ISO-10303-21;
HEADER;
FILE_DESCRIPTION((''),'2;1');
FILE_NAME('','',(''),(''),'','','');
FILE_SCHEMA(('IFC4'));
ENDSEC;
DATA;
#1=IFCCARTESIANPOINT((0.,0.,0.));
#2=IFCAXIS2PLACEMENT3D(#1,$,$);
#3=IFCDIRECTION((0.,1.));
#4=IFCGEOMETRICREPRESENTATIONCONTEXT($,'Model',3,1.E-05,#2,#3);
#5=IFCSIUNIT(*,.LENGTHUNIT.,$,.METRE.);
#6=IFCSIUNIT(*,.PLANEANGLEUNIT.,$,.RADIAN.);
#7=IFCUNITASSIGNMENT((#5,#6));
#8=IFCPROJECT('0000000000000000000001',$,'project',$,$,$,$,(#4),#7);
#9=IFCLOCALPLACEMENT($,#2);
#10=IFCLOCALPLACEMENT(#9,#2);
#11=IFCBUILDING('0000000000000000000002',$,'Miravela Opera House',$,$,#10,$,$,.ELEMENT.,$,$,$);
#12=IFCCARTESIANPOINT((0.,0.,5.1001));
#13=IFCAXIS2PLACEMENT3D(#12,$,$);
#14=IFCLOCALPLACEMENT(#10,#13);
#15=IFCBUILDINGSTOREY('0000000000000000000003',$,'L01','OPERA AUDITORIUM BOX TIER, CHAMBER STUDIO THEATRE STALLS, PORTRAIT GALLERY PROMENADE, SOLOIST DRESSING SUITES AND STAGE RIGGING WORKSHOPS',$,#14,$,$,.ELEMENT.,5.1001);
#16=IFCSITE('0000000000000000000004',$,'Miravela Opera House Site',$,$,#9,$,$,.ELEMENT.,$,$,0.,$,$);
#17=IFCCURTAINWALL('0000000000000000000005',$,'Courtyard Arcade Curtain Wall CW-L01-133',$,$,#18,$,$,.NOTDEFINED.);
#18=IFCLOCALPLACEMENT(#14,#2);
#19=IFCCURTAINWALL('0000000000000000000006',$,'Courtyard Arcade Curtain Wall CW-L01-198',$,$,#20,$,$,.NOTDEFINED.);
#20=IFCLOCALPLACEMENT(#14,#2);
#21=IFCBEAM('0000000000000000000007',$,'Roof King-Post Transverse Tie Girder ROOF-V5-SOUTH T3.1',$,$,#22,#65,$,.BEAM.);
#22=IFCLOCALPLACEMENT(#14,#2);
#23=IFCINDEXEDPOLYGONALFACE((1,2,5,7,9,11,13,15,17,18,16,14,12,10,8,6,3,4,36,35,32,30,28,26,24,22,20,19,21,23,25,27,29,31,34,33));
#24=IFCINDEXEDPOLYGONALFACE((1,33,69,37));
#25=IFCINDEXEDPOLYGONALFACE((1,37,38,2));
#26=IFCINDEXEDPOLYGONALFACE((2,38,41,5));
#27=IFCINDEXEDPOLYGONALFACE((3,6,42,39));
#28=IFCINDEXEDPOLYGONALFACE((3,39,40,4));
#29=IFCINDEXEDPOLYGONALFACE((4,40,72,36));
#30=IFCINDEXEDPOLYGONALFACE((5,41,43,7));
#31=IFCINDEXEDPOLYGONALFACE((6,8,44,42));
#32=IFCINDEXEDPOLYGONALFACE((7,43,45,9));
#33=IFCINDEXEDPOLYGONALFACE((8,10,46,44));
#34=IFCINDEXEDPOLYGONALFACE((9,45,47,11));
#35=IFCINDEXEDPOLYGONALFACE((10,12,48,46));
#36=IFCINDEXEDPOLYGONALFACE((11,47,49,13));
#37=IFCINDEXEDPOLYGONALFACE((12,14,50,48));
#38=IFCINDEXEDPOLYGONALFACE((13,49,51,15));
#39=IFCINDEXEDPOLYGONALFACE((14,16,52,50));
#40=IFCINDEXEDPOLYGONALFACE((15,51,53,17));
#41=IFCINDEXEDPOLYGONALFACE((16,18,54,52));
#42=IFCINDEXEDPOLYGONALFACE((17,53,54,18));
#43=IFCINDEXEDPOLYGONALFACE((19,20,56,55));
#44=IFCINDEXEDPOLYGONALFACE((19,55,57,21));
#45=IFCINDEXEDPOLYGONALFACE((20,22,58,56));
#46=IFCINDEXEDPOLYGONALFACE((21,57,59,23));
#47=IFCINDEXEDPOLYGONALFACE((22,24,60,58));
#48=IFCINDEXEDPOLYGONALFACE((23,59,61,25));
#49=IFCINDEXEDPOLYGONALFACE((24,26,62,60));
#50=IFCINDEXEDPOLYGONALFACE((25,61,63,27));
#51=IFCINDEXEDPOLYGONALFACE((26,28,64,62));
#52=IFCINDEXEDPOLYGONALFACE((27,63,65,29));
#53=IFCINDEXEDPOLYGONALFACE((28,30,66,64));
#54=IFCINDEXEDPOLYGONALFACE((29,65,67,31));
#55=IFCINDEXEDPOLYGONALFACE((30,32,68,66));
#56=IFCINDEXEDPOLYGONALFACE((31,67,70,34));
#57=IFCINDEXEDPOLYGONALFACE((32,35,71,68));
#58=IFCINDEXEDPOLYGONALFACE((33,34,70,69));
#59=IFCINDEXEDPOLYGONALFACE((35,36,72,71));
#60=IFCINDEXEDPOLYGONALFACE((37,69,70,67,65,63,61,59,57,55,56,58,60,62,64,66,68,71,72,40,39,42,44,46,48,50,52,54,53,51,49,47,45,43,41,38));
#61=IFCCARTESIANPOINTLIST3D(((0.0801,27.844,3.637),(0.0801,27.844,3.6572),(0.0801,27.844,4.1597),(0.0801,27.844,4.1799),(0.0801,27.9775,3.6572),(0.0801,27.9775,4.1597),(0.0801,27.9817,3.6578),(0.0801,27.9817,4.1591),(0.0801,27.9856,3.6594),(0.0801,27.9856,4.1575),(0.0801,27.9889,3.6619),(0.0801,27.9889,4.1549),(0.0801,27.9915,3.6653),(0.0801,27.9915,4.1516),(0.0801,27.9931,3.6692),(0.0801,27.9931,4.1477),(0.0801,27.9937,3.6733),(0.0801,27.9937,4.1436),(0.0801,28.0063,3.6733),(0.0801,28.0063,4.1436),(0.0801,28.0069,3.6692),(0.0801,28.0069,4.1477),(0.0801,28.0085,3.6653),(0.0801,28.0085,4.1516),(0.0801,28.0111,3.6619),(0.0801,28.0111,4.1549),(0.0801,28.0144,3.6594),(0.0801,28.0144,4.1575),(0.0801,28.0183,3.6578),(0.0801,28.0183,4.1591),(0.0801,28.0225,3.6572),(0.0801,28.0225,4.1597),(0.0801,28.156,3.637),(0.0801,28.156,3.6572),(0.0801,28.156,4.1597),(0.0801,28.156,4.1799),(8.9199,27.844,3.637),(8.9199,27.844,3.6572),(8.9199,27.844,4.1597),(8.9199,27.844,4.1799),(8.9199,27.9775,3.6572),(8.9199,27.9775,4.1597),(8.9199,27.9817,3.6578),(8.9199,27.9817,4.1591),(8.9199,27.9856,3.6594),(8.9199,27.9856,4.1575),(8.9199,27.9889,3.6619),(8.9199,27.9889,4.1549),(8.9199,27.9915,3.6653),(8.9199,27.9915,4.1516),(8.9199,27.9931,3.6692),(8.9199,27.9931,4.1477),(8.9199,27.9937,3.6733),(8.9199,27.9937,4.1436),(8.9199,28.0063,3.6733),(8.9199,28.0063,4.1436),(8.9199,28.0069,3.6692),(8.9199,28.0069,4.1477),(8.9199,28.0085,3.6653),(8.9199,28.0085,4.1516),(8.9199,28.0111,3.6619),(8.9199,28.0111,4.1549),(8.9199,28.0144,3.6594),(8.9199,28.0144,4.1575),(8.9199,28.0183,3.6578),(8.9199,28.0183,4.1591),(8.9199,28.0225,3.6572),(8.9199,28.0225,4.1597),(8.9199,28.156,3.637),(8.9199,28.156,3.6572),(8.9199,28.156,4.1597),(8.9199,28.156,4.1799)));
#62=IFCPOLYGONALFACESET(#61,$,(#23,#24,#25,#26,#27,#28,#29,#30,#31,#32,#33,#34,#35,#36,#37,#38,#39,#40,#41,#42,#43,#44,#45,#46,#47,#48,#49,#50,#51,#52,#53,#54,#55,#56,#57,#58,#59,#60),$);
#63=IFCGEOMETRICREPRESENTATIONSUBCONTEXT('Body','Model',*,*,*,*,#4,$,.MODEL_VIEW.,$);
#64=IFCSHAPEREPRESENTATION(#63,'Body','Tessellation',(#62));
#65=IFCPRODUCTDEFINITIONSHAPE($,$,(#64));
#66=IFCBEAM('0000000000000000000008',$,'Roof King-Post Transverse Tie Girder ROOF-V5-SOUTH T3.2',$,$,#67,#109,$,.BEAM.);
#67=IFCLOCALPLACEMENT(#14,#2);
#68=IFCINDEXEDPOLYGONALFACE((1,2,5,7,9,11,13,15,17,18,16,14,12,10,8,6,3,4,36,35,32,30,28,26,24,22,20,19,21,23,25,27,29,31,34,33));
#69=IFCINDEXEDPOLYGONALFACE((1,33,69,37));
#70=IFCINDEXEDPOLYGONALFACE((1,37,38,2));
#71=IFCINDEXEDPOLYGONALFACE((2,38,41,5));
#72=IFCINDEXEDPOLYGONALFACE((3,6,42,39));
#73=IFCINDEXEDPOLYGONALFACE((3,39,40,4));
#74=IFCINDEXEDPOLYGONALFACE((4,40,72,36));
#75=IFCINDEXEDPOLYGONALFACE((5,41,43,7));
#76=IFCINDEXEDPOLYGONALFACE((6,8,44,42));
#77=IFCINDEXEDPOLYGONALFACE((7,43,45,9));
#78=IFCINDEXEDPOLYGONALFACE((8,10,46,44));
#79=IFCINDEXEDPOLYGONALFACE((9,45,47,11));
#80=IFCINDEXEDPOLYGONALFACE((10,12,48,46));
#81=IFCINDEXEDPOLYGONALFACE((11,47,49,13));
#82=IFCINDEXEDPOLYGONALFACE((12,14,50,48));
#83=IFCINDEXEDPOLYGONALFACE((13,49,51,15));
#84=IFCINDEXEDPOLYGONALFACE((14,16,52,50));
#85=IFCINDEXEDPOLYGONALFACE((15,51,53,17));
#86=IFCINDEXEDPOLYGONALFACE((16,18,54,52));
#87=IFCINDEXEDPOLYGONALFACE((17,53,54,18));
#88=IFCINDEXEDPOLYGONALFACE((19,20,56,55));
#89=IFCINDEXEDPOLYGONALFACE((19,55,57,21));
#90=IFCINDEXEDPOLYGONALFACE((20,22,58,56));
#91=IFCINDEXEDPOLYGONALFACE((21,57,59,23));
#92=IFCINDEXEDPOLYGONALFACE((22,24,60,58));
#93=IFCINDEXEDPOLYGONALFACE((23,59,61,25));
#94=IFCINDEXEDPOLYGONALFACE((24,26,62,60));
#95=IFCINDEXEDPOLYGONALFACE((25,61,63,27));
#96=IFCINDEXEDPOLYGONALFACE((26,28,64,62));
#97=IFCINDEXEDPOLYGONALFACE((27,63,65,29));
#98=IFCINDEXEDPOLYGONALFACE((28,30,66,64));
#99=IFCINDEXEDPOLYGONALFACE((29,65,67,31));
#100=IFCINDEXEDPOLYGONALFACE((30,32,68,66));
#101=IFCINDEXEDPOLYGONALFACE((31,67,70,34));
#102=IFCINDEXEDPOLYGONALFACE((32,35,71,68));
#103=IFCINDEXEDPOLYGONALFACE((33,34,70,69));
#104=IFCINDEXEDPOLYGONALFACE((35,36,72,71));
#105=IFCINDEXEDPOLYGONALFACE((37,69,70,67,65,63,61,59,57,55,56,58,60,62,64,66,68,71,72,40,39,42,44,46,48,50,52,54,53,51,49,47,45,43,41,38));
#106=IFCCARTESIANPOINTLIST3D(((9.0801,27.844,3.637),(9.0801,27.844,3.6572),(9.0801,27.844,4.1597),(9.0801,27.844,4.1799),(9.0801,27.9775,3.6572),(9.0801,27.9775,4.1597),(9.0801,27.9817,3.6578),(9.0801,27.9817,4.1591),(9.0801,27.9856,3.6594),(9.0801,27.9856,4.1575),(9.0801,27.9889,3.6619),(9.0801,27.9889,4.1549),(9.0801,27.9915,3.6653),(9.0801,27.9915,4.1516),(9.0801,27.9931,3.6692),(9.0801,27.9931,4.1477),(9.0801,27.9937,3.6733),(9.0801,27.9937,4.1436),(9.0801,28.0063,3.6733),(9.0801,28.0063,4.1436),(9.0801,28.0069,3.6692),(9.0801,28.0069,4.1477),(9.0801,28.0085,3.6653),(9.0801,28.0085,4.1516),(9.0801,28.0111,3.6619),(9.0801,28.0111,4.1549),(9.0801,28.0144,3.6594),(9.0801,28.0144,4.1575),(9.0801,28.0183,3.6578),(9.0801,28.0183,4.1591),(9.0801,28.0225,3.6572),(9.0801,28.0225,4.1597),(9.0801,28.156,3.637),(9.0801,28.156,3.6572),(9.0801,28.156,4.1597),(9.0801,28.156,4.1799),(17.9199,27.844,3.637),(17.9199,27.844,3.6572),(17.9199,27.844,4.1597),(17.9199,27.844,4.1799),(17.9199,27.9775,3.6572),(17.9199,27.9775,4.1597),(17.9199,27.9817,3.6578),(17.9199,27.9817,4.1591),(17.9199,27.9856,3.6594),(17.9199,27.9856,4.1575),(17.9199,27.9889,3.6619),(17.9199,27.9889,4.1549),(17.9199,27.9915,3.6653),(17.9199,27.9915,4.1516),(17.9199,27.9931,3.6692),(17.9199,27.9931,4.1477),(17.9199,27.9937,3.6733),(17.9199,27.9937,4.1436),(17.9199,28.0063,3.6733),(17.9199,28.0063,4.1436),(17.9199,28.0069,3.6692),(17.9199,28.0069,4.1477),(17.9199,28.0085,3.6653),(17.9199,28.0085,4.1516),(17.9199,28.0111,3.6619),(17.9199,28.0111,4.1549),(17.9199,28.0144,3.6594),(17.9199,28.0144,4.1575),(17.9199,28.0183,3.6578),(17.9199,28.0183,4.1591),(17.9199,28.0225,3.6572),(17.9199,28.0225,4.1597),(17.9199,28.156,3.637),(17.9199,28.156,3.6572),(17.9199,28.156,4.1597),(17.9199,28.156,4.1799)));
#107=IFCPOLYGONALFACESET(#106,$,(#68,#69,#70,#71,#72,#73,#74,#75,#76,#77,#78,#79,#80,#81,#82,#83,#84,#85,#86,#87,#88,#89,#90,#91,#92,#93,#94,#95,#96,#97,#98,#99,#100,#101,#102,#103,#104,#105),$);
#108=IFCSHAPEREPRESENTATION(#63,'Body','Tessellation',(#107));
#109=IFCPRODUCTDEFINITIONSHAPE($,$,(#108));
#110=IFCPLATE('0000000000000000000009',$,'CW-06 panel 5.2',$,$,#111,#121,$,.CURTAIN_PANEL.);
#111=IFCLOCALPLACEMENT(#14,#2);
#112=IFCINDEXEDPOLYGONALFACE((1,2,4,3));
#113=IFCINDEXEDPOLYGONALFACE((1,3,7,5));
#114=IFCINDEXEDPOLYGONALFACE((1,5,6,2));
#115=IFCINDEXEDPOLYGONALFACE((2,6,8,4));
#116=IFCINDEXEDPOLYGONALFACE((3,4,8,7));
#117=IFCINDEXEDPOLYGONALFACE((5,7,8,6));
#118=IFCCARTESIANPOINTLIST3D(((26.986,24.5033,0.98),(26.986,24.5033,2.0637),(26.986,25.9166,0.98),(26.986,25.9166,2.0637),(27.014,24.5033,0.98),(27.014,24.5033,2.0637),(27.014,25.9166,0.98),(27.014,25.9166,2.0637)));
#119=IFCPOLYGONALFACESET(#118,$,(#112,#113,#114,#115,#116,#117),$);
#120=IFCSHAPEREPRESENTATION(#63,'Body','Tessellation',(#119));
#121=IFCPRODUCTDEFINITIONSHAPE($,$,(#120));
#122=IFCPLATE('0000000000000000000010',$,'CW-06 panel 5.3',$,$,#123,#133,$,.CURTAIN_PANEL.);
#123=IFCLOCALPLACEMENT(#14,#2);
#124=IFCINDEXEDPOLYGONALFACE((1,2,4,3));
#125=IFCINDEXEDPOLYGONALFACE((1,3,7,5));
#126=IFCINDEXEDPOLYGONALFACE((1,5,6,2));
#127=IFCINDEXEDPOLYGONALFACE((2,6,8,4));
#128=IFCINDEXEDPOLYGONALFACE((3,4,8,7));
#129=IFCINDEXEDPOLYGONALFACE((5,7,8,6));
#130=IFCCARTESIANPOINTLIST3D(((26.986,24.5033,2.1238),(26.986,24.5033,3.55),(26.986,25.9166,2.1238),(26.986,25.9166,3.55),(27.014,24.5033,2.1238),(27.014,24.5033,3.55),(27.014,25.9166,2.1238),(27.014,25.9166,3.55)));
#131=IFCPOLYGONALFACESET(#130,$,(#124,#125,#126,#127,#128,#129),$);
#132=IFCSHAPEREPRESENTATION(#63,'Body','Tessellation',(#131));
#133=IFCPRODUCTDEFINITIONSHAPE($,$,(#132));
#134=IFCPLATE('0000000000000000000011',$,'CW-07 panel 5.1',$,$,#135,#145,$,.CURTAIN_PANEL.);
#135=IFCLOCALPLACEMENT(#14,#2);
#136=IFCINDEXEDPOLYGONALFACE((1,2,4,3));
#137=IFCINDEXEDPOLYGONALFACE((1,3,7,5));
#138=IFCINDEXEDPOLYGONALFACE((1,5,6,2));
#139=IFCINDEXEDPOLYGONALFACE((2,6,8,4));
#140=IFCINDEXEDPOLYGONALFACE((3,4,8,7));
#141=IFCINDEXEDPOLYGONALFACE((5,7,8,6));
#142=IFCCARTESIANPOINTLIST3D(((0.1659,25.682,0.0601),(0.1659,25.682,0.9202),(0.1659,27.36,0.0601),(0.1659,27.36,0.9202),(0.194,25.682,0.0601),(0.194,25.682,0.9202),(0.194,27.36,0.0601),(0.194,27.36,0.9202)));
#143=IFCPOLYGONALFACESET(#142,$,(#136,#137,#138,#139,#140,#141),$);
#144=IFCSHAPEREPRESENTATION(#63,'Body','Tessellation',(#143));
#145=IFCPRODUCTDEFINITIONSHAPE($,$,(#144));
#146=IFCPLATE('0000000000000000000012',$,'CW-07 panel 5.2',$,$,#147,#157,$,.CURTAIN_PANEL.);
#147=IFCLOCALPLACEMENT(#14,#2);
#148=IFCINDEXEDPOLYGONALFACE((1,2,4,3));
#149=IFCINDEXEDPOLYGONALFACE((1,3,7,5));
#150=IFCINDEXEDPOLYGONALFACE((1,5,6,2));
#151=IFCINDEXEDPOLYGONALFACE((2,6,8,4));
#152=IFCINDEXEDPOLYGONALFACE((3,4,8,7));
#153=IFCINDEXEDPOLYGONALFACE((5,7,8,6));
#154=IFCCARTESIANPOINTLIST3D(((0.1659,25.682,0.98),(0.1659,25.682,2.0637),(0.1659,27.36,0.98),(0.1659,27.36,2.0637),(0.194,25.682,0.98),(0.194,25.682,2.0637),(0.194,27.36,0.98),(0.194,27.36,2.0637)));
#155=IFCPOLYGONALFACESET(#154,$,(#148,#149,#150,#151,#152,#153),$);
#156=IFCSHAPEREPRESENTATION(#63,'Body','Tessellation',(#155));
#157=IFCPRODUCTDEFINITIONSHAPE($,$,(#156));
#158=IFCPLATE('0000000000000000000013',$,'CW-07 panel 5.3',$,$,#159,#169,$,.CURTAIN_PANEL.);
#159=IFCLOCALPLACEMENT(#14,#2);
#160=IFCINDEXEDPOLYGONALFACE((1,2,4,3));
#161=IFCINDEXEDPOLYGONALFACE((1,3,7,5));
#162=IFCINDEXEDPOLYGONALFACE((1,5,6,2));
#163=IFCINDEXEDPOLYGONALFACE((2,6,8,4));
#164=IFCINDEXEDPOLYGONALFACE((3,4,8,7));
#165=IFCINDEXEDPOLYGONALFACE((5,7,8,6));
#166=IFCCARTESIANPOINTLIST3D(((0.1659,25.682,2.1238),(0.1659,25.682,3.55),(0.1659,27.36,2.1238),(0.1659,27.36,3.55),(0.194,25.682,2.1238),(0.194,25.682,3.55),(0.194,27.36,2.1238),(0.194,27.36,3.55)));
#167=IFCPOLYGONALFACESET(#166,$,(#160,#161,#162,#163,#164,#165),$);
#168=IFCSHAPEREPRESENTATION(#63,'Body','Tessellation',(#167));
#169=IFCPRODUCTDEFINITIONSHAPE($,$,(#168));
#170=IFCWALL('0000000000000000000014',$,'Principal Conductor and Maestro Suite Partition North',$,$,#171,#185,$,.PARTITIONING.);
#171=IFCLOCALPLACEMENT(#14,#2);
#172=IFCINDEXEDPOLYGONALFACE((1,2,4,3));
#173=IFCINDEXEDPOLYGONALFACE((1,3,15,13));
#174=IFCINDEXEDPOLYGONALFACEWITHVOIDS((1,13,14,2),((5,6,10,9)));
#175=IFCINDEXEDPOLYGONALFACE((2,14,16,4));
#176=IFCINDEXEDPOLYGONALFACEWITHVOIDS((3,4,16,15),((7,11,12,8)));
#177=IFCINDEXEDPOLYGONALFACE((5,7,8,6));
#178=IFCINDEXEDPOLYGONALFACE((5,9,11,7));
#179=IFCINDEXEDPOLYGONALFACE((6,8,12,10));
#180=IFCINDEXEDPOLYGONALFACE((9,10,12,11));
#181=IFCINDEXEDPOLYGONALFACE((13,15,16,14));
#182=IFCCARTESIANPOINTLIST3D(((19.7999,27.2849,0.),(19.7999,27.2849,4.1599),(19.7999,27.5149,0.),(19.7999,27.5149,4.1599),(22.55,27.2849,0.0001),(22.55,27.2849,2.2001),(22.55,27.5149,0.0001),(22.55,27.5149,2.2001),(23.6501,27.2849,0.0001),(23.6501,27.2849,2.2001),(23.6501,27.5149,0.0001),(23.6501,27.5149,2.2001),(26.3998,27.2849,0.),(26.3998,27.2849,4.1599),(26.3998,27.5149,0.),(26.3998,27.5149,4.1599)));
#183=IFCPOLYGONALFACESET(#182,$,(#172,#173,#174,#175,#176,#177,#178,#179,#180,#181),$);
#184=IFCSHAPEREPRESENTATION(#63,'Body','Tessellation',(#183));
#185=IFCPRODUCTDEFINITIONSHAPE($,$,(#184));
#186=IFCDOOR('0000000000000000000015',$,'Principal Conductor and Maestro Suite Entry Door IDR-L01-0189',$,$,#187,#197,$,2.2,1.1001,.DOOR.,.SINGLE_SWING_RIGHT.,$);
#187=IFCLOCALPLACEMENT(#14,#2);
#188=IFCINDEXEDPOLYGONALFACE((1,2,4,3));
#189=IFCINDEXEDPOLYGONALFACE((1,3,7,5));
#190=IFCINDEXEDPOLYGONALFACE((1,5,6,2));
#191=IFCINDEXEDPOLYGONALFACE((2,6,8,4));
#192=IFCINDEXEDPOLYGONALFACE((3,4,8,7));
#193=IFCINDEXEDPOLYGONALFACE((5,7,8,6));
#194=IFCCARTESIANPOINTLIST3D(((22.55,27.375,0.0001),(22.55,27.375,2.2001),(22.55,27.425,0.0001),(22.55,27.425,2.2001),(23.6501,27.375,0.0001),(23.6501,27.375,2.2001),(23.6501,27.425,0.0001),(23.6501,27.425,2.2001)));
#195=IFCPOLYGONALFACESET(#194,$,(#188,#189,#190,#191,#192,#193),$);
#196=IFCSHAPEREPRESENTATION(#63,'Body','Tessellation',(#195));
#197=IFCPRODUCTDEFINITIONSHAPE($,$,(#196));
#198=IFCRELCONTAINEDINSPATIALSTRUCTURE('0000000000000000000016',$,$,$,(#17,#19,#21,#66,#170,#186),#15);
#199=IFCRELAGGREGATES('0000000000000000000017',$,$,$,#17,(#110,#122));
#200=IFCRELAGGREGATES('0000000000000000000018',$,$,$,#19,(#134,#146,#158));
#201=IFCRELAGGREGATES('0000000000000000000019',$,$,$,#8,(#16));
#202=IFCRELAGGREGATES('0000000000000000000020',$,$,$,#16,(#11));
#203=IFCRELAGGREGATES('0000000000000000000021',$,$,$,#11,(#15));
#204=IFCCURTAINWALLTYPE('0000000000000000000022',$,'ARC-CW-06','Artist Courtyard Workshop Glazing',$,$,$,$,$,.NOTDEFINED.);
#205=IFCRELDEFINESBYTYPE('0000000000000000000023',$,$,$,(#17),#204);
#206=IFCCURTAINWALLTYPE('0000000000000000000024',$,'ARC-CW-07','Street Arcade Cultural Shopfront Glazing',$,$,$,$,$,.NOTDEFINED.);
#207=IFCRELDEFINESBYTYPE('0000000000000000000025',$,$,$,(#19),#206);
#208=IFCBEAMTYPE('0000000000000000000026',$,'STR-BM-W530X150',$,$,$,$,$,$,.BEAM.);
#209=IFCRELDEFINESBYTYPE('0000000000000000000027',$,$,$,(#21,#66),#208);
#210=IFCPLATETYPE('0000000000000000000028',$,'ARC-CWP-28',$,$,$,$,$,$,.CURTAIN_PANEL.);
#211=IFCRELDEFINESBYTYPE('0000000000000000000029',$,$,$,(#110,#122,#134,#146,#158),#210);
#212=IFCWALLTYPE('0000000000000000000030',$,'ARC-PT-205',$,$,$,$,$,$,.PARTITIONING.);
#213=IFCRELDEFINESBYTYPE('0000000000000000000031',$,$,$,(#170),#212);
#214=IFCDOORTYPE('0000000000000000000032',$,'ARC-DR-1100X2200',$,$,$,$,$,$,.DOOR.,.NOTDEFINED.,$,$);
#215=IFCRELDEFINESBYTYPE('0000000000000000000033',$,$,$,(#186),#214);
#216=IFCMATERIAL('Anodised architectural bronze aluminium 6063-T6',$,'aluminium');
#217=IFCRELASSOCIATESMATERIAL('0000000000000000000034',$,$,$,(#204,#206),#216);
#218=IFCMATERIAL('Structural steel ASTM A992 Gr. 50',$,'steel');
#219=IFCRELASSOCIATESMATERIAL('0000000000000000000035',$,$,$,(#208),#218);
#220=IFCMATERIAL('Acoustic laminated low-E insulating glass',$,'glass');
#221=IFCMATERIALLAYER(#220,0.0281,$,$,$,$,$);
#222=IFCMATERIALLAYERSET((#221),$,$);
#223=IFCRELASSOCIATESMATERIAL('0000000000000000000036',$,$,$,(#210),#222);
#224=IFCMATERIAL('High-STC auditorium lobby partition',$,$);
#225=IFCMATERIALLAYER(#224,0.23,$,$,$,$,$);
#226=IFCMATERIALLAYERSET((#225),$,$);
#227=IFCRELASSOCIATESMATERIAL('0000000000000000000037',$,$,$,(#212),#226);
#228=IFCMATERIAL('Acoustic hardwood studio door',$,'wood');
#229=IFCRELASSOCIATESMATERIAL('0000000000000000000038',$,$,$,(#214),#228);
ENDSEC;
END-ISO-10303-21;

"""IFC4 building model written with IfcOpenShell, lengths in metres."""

from ifc_helpers import new_model, si_unit, direction, frame, frame_2d, origin, origin_2d, place, context, subcontext, project, spatial, rectangle, i_section, extrude, material, layer, layer_set, material_profile, profile_set, type_object, element, fill, aggregate, save


model = new_model("IFC4")

# Units and contexts
model_context = context("Model", 3, precision=1e-05, world=origin(), true_north=direction((0.0, 1.0)))
body_context = subcontext(model_context, "Body", "Model", "MODEL_VIEW")
ifc_project = project(units=[si_unit("LENGTHUNIT", "METRE"), si_unit("PLANEANGLEUNIT", "RADIAN")], contexts=[model_context])

# Site, building, storey
site_placement = place(None, origin())
site = spatial("IfcSite", under=ifc_project, at=site_placement, Name="Miravela Opera House Site", CompositionType="ELEMENT", RefElevation=0.0)
building_placement = place(site_placement, origin())
building = spatial("IfcBuilding", under=site, at=building_placement, Name="Miravela Opera House", CompositionType="ELEMENT")
storey_placement = place(building_placement, frame((0.0, 0.0, 5.1001)))
storey = spatial("IfcBuildingStorey", under=building, at=storey_placement, Name="L01", Description="OPERA AUDITORIUM BOX TIER, CHAMBER STUDIO THEATRE STALLS, PORTRAIT GALLERY PROMENADE, SOLOIST DRESSING SUITES AND STAGE RIGGING WORKSHOPS", CompositionType="ELEMENT", Elevation=5.1001)

# Curtain wall
ifc_material_1 = material(Name="Anodised architectural bronze aluminium 6063-T6", Category="aluminium")
curtain_wall_type_1 = type_object("IfcCurtainWallType", Name="ARC-CW-06", Description="Artist Courtyard Workshop Glazing", PredefinedType="NOTDEFINED", material=ifc_material_1)
curtain_wall_1_placement = place(storey_placement, origin())
curtain_wall_1 = element("IfcCurtainWall", 1, at=curtain_wall_1_placement, inside=storey, type_object=curtain_wall_type_1, Name="Courtyard Arcade Curtain Wall CW-L01-133", PredefinedType="NOTDEFINED")

# Curtain wall
curtain_wall_type_2 = type_object("IfcCurtainWallType", Name="ARC-CW-07", Description="Street Arcade Cultural Shopfront Glazing", PredefinedType="NOTDEFINED", material=ifc_material_1)
curtain_wall_2_placement = place(storey_placement, origin())
curtain_wall_2 = element("IfcCurtainWall", 2, at=curtain_wall_2_placement, inside=storey, type_object=curtain_wall_type_2, Name="Courtyard Arcade Curtain Wall CW-L01-198", PredefinedType="NOTDEFINED")

# Beams
ifc_material_2 = material(Name="Structural steel ASTM A992 Gr. 50", Category="steel")
ifc_material_profile_1 = material_profile(ifc_material_2, i_section(OverallWidth=0.312, OverallDepth=0.543, WebThickness=0.0127, FlangeThickness=0.0203, FilletRadius=0.0161, at=origin_2d()), Name="W530X150")
ifc_profile_set_1 = profile_set([ifc_material_profile_1])
beam_type_1 = type_object("IfcBeamType", Name="STR-BM-W530X150", PredefinedType="BEAM", material=ifc_profile_set_1)
for number, where, z_axis, x_axis, name in (
    (3, (0.0801, 28.0, 3.9084), (1.0, 0.0, 0.0), (0.0, 1.0, 0.0), "Roof King-Post Transverse Tie Girder ROOF-V5-SOUTH T3.1"),
    (4, (9.0801, 28.0, 3.9084), (1.0, 0.0, 0.0), (0.0, 1.0, 0.0), "Roof King-Post Transverse Tie Girder ROOF-V5-SOUTH T3.2"),
):
    element("IfcBeam", number, at=place(storey_placement, frame(where, z_axis=z_axis, x_axis=x_axis)), inside=storey, type_object=beam_type_1, Name=name, PredefinedType="BEAM", context=body_context, shape_type="SweptSolid", body=[
        extrude(i_section(OverallWidth=0.312, OverallDepth=0.543, WebThickness=0.0127, FlangeThickness=0.0203, FilletRadius=0.0161, at=origin_2d()), origin(), (0.0, 0.0, 1.0), 8.8398),
    ])

# Plates
ifc_material_3 = material(Name="Acoustic laminated low-E insulating glass", Category="glass")
ifc_layer_1 = layer(ifc_material_3, 0.0281)
ifc_layer_set_1 = layer_set([ifc_layer_1])
plate_type = type_object("IfcPlateType", Name="ARC-CWP-28", PredefinedType="CURTAIN_PANEL", material=ifc_layer_set_1)
plate_1_placement = place(storey_placement, frame((27.0, 25.21, 0.98), z_axis=(0.0, 0.0, 1.0), x_axis=(0.0, 1.0, 0.0)))
plate_1 = element("IfcPlate", 5, at=plate_1_placement, type_object=plate_type, Name="CW-06 panel 5.2", PredefinedType="CURTAIN_PANEL", context=body_context, shape_type="SweptSolid", body=[
    extrude(rectangle(XDim=1.4133, YDim=0.0281, at=origin_2d()), origin(), (0.0, 0.0, 1.0), 1.0837),
])
plate_2_placement = place(storey_placement, frame((27.0, 25.21, 2.1238), z_axis=(0.0, 0.0, 1.0), x_axis=(0.0, 1.0, 0.0)))
plate_2 = element("IfcPlate", 6, at=plate_2_placement, type_object=plate_type, Name="CW-06 panel 5.3", PredefinedType="CURTAIN_PANEL", context=body_context, shape_type="SweptSolid", body=[
    extrude(rectangle(XDim=1.4133, YDim=0.0281, at=origin_2d()), origin(), (0.0, 0.0, 1.0), 1.4263),
])
aggregate(curtain_wall_1, [plate_1, plate_2])
plate_3_placement = place(storey_placement, frame((0.1799, 26.521, 0.0601), z_axis=(0.0, 0.0, 1.0), x_axis=(0.0, 1.0, 0.0)))
plate_3 = element("IfcPlate", 7, at=plate_3_placement, type_object=plate_type, Name="CW-07 panel 5.1", PredefinedType="CURTAIN_PANEL", context=body_context, shape_type="SweptSolid", body=[
    extrude(rectangle(XDim=1.678, YDim=0.0281, at=origin_2d()), origin(), (0.0, 0.0, 1.0), 0.8601),
])
plate_4_placement = place(storey_placement, frame((0.1799, 26.521, 0.98), z_axis=(0.0, 0.0, 1.0), x_axis=(0.0, 1.0, 0.0)))
plate_4 = element("IfcPlate", 8, at=plate_4_placement, type_object=plate_type, Name="CW-07 panel 5.2", PredefinedType="CURTAIN_PANEL", context=body_context, shape_type="SweptSolid", body=[
    extrude(rectangle(XDim=1.678, YDim=0.0281, at=origin_2d()), origin(), (0.0, 0.0, 1.0), 1.0837),
])
plate_5_placement = place(storey_placement, frame((0.1799, 26.521, 2.1238), z_axis=(0.0, 0.0, 1.0), x_axis=(0.0, 1.0, 0.0)))
plate_5 = element("IfcPlate", 9, at=plate_5_placement, type_object=plate_type, Name="CW-07 panel 5.3", PredefinedType="CURTAIN_PANEL", context=body_context, shape_type="SweptSolid", body=[
    extrude(rectangle(XDim=1.678, YDim=0.0281, at=origin_2d()), origin(), (0.0, 0.0, 1.0), 1.4263),
])
aggregate(curtain_wall_2, [plate_3, plate_4, plate_5])

# Wall, opening, door
ifc_material_4 = material(Name="High-STC auditorium lobby partition")
ifc_layer_2 = layer(ifc_material_4, 0.23)
ifc_layer_set_2 = layer_set([ifc_layer_2])
wall_type_1 = type_object("IfcWallType", Name="ARC-PT-205", PredefinedType="PARTITIONING", material=ifc_layer_set_2)
wall_1_placement = place(storey_placement, frame((19.8, 27.3999, 0.0), z_axis=(0.0, 0.0, 1.0), x_axis=(1.0, 0.0, 0.0)))
wall_1 = element("IfcWall", 10, at=wall_1_placement, inside=storey, type_object=wall_type_1, Name="Principal Conductor and Maestro Suite Partition North", PredefinedType="PARTITIONING", context=body_context, shape_type="SweptSolid", body=[
    extrude(rectangle(XDim=6.5999, YDim=0.23, at=frame_2d((3.2998, 0.0))), origin(), (0.0, 0.0, 1.0), 4.1599),
])
opening_1_placement = place(wall_1_placement, frame((2.75, 0.0, 0.0)))
opening_1 = element("IfcOpeningElement", 11, at=opening_1_placement, cuts=wall_1, PredefinedType="OPENING", context=body_context, shape_type="SweptSolid", body=[
    extrude(rectangle(XDim=1.1001, YDim=2.2, at=frame_2d((0.55, 1.1001))), frame((0.0, 0.125, 0.0), z_axis=(0.0, -1.0, 0.0), x_axis=(1.0, 0.0, 0.0)), (0.0, 0.0, 1.0), 0.25),
])
ifc_material_5 = material(Name="Acoustic hardwood studio door", Category="wood")
door_type = type_object("IfcDoorType", Name="ARC-DR-1100X2200", OperationType="NOTDEFINED", PredefinedType="DOOR", material=ifc_material_5)
door_1_placement = place(opening_1_placement, frame((1.1001, 0.0, 0.0), z_axis=(0.0, 0.0, 1.0), x_axis=(-1.0, 0.0, 0.0)))
door_1 = element("IfcDoor", 12, at=door_1_placement, inside=storey, type_object=door_type, Name="Principal Conductor and Maestro Suite Entry Door IDR-L01-0189", OperationType="SINGLE_SWING_RIGHT", OverallHeight=2.2, OverallWidth=1.1001, PredefinedType="DOOR", context=body_context, shape_type="SweptSolid", body=[
    extrude(rectangle(XDim=1.1001, YDim=2.2, at=frame_2d((0.55, 1.1001))), frame((0.0, 0.0249, 0.0), z_axis=(0.0, -1.0, 0.0), x_axis=(1.0, 0.0, 0.0)), (0.0, 0.0, 1.0), 0.05),
])
fill(opening_1, door_1)

save(model, "model.ifc")
